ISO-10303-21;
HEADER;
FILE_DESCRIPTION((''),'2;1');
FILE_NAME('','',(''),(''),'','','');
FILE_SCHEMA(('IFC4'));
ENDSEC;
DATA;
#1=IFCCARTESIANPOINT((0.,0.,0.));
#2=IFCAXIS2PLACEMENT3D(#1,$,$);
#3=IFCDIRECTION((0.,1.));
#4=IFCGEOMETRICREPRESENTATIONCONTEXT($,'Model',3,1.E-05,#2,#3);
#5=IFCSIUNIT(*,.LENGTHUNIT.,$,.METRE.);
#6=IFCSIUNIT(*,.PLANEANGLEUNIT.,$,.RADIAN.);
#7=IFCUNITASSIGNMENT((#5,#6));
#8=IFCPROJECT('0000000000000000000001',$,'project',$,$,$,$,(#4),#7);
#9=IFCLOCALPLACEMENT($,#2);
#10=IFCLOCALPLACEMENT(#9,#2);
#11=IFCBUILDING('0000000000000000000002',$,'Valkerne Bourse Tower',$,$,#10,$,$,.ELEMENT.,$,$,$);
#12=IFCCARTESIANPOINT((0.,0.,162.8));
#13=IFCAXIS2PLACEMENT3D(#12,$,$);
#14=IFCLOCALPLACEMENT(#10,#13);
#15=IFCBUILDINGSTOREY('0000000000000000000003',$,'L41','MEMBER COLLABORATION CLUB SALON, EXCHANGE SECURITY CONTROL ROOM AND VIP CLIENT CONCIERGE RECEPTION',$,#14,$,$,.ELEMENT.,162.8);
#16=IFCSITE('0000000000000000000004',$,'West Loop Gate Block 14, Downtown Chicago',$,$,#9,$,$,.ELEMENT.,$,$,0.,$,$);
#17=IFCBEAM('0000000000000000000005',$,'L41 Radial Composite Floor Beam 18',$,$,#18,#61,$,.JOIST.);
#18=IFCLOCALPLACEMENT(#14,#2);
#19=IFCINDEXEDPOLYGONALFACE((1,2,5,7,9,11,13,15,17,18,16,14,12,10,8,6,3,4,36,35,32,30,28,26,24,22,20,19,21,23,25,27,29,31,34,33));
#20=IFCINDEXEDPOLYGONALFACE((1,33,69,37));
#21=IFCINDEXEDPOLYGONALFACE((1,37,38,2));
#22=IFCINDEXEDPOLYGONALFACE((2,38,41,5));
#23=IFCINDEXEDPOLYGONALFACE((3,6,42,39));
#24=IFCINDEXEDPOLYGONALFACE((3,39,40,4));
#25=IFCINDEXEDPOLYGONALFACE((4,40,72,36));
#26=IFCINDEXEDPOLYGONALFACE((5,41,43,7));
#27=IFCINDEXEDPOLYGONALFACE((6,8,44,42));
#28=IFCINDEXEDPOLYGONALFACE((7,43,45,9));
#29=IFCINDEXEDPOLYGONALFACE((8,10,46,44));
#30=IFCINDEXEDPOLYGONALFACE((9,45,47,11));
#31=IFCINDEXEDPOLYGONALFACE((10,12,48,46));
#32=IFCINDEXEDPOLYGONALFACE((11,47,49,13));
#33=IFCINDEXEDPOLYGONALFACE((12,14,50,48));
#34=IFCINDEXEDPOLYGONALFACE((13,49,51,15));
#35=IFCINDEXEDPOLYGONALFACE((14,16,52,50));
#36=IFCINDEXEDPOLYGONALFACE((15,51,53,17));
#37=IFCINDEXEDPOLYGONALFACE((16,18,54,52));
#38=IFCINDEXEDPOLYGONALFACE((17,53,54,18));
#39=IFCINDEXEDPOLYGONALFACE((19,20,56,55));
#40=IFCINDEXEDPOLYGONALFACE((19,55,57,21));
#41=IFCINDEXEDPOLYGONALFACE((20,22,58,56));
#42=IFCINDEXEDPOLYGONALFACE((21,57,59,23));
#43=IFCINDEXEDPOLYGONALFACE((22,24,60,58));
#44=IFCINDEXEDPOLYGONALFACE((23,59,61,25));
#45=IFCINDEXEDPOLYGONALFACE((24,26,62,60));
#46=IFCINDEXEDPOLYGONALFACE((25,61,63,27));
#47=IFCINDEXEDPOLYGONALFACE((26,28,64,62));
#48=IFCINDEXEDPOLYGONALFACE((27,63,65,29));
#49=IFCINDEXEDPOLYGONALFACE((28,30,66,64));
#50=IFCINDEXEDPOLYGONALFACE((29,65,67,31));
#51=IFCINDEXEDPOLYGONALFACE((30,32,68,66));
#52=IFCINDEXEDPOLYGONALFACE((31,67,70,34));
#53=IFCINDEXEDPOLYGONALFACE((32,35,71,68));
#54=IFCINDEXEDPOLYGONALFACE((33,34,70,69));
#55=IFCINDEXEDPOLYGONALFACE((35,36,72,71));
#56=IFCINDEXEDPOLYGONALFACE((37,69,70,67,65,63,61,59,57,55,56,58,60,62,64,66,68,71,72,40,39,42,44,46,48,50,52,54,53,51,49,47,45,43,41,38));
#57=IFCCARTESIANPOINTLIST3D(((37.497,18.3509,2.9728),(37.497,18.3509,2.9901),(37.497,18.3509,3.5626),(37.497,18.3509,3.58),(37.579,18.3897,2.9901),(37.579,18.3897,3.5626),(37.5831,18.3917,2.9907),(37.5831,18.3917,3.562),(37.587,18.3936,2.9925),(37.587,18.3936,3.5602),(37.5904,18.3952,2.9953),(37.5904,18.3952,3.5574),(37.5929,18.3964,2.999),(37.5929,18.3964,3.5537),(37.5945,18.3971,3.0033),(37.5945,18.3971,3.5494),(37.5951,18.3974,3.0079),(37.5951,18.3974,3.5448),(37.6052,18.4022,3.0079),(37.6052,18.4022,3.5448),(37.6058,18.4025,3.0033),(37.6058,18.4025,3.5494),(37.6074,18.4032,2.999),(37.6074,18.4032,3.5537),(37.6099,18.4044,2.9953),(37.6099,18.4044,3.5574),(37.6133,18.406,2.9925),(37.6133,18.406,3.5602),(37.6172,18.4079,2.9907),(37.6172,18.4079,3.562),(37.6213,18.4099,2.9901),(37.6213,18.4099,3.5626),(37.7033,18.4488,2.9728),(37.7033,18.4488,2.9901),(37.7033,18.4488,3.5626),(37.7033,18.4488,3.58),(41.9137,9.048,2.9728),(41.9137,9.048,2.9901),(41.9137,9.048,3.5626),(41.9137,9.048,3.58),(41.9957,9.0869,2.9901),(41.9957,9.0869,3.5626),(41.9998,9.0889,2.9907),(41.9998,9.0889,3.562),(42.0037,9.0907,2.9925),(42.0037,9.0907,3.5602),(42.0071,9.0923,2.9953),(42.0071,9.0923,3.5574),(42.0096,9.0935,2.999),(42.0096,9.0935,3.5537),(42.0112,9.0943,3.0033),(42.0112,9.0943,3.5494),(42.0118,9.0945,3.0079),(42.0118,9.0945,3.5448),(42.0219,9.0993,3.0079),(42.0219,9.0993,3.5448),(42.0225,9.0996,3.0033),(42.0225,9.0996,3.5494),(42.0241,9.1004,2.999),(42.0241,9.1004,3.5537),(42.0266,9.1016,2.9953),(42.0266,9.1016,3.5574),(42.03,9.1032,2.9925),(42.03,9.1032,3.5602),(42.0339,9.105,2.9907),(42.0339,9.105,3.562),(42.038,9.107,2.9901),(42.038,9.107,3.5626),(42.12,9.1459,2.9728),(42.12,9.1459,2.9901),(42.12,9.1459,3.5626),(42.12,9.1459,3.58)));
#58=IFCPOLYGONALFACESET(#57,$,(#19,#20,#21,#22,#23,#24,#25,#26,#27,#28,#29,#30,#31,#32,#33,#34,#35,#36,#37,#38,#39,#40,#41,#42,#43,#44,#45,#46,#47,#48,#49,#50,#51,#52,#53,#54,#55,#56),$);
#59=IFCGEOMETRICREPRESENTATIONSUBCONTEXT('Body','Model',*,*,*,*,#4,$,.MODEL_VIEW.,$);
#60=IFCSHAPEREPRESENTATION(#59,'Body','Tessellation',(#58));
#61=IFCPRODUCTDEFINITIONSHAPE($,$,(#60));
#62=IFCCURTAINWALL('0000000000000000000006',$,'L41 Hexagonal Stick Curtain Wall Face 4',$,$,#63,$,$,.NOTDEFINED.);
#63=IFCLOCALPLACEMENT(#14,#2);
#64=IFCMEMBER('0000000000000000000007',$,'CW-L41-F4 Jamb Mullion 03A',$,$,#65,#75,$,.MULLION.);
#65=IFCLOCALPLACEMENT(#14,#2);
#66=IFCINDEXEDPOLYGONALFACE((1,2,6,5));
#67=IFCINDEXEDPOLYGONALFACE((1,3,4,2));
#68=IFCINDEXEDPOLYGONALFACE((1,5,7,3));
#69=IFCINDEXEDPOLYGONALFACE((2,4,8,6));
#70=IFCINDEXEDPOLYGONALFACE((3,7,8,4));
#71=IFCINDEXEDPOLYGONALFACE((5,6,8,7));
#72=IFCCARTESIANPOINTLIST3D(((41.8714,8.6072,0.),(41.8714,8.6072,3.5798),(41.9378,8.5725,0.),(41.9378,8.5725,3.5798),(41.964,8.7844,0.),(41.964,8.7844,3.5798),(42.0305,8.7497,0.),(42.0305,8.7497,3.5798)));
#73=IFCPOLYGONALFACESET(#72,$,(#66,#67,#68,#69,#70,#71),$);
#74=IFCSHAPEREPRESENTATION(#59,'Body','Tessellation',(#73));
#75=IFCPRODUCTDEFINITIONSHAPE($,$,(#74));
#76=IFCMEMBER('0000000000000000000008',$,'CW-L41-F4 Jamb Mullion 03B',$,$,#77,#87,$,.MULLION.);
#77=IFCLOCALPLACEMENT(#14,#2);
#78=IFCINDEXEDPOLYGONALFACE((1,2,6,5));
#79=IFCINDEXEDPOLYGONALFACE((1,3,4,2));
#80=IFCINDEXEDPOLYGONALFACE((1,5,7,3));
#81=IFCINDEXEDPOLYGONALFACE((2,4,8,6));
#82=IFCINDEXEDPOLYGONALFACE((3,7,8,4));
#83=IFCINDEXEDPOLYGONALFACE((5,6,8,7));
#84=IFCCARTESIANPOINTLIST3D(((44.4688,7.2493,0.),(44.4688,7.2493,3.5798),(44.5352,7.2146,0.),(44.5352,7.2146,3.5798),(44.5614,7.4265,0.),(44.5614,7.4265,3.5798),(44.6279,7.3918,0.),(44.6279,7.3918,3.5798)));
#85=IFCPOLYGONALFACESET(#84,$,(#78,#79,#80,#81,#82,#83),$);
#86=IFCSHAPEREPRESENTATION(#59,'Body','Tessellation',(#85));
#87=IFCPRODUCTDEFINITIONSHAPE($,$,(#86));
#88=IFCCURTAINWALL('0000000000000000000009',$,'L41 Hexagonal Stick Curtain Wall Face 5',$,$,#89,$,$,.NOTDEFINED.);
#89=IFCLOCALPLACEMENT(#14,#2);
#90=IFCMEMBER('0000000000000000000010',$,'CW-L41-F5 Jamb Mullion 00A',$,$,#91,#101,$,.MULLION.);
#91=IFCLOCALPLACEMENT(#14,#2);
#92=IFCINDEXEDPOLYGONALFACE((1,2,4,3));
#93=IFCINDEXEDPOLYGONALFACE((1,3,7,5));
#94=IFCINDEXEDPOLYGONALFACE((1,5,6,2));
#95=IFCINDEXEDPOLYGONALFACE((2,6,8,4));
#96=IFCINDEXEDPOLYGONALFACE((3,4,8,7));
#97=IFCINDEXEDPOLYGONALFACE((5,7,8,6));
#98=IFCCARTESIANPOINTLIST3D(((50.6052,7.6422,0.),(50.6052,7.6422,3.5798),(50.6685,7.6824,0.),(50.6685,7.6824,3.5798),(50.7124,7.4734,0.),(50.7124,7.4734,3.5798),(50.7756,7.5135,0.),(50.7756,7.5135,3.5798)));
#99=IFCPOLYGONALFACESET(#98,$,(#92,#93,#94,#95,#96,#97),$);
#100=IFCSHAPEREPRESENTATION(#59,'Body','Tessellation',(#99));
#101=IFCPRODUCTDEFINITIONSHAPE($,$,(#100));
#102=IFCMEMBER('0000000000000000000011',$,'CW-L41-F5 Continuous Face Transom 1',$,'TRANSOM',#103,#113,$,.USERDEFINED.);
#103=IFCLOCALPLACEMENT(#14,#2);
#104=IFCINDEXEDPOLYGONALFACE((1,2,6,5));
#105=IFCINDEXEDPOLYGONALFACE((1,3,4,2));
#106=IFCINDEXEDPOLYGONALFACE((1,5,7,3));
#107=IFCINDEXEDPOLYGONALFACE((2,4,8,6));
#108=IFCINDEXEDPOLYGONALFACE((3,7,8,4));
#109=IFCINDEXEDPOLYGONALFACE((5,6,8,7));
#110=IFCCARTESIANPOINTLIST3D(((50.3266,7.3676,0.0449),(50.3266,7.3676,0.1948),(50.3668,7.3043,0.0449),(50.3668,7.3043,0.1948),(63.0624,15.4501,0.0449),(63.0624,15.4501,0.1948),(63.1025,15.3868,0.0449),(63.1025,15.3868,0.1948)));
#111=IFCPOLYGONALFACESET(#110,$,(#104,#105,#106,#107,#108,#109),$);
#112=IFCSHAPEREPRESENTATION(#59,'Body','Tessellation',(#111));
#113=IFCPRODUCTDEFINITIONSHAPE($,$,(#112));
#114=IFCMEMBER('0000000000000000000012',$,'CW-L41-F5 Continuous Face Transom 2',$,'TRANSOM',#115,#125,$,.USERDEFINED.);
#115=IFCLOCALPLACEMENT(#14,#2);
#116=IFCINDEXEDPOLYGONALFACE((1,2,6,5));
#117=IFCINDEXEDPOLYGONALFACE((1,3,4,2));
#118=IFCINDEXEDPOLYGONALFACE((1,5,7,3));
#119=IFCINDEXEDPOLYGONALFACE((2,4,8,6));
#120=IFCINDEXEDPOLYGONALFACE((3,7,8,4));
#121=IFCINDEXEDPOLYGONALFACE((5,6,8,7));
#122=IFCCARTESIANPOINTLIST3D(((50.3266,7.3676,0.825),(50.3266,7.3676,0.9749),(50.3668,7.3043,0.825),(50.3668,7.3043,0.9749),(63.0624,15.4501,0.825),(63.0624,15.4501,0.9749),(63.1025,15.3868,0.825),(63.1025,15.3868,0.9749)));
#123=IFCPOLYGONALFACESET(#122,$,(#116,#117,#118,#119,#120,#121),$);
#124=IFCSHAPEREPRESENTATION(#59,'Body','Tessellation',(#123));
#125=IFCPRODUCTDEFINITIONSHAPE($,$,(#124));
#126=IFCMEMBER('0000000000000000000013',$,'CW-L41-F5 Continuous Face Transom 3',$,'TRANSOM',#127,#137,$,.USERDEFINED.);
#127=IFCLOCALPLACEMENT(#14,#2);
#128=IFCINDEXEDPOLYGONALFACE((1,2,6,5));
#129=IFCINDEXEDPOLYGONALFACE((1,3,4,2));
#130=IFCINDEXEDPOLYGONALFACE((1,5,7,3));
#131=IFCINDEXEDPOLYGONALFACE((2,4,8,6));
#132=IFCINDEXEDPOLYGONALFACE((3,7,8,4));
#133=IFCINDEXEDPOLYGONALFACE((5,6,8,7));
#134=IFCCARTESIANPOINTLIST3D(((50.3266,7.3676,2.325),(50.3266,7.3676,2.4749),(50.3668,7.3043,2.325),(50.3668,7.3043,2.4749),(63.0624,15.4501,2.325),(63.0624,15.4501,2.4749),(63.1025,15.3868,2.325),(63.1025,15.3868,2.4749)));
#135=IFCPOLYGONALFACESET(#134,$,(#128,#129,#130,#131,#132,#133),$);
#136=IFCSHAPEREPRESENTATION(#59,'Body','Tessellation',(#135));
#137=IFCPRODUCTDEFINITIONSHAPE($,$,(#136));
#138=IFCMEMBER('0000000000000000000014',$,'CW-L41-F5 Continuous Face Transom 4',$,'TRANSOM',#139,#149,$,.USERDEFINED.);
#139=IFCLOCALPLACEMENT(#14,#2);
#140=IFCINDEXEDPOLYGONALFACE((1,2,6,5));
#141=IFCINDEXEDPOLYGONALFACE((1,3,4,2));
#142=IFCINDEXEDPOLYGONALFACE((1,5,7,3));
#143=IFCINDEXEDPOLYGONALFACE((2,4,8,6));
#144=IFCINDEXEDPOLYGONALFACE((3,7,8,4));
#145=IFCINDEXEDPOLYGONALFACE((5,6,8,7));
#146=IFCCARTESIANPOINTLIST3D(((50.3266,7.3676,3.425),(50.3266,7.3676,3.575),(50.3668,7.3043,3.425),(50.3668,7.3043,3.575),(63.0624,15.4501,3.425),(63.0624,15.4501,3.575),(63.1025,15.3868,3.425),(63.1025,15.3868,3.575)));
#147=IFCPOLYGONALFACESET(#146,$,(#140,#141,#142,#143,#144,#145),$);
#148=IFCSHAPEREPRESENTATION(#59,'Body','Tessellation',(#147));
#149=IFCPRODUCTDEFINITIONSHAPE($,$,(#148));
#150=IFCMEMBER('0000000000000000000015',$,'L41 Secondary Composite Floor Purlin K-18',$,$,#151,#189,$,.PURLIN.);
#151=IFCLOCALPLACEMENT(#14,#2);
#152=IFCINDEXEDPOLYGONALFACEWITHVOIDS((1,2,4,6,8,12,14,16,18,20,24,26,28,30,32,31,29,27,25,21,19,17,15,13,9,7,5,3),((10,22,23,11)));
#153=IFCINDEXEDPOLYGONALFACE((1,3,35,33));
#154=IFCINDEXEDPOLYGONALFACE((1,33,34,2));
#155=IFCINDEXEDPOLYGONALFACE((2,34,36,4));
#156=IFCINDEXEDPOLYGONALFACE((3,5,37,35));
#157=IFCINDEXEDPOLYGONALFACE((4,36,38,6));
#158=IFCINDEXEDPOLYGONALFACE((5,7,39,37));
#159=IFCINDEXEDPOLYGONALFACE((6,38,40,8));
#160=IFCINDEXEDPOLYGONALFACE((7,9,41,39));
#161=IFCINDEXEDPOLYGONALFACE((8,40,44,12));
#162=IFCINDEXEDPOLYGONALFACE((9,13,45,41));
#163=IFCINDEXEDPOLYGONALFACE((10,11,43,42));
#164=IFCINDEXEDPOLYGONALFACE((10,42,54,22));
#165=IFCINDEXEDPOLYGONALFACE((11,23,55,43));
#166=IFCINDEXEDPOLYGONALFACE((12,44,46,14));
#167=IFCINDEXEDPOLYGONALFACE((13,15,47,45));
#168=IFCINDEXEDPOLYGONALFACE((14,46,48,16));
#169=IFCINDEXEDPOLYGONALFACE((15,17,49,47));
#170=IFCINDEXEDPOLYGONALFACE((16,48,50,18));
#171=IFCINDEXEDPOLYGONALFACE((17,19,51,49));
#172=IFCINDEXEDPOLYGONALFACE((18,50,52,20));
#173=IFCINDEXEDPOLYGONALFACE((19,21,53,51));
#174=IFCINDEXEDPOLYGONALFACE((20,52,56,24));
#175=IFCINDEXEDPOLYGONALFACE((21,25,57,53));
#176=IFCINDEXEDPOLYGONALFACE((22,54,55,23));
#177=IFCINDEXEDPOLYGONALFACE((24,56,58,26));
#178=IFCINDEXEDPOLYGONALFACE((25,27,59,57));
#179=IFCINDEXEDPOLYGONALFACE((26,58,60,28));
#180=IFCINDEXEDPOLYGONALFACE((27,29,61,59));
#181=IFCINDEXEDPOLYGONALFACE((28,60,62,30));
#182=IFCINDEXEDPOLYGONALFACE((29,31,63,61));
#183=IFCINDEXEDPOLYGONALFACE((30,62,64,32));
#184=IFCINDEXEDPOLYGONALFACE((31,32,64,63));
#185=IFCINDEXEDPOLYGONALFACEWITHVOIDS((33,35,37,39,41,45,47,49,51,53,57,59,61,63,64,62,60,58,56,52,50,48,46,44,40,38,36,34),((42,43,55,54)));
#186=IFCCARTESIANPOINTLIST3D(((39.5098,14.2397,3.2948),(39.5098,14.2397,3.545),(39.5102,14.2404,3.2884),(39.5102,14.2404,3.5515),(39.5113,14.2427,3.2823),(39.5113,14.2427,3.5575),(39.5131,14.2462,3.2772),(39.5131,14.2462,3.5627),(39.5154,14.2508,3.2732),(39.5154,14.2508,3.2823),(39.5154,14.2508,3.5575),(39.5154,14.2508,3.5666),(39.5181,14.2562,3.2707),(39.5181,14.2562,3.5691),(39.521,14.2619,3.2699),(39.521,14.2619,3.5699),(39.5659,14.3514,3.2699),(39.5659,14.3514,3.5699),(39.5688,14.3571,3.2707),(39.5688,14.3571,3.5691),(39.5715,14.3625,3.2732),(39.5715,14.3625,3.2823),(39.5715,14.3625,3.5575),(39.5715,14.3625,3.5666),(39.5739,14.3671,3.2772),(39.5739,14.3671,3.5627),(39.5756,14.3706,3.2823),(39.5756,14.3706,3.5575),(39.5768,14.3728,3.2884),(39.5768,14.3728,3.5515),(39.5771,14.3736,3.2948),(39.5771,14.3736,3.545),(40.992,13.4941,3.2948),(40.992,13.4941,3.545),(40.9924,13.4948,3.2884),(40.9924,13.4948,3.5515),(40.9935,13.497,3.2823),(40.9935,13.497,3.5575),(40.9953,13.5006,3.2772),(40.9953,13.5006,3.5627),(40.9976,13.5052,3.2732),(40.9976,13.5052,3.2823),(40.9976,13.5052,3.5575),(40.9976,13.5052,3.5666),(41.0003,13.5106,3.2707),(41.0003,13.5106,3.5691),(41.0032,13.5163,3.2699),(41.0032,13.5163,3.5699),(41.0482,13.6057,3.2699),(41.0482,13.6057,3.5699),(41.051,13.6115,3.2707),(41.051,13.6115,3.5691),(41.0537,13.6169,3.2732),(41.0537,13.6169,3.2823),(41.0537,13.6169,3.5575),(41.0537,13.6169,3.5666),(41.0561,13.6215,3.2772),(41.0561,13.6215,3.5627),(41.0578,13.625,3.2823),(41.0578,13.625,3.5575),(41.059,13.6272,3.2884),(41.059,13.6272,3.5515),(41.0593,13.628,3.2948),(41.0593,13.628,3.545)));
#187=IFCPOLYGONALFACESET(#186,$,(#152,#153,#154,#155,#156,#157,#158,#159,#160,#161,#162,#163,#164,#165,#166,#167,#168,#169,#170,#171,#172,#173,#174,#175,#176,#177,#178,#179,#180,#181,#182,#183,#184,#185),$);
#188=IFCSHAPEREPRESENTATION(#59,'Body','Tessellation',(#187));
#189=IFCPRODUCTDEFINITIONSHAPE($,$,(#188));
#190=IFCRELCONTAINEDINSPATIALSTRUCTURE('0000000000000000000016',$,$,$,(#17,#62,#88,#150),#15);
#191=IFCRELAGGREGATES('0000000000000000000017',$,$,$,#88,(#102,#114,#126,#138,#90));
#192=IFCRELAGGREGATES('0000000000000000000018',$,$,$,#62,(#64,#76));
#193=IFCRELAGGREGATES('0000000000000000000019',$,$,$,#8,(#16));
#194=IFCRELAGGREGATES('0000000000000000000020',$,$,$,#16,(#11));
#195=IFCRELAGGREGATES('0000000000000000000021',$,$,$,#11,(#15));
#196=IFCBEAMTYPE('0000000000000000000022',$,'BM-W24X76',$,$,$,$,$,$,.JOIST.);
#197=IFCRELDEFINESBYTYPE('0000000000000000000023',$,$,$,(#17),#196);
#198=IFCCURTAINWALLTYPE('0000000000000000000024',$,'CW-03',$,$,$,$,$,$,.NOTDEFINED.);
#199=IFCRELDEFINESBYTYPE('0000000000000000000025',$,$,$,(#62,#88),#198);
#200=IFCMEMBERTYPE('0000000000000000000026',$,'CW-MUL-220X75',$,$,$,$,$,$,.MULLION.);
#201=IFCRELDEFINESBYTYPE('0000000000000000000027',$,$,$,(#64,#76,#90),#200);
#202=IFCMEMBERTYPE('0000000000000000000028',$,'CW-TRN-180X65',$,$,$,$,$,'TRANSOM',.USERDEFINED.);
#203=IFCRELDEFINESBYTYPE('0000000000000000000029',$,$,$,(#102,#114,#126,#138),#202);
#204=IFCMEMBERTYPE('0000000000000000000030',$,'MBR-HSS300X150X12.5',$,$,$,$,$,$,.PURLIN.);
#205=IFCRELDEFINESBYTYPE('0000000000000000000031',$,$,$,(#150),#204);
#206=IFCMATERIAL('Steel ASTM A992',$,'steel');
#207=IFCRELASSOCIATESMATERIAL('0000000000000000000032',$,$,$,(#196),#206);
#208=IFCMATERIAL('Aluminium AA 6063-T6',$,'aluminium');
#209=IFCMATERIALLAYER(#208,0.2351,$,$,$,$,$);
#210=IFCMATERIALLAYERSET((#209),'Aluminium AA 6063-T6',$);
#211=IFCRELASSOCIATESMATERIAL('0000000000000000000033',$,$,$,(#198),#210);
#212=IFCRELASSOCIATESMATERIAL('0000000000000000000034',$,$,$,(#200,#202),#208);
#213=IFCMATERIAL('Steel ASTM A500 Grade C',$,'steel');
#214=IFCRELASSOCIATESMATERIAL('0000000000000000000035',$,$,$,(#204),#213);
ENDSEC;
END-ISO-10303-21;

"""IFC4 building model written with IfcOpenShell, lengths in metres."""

from ifc_helpers import new_model, si_unit, direction, frame, origin, origin_2d, place, context, subcontext, project, spatial, rectangle, hollow_rectangle, i_section, extrude, material, layer, layer_set, material_profile, profile_set, type_object, element, aggregate, save


model = new_model("IFC4")

# Units and contexts
model_context = context("Model", 3, precision=1e-05, world=origin(), true_north=direction((0.0, 1.0)))
body_context = subcontext(model_context, "Body", "Model", "MODEL_VIEW")
ifc_project = project(units=[si_unit("LENGTHUNIT", "METRE"), si_unit("PLANEANGLEUNIT", "RADIAN")], contexts=[model_context])

# Site, building, storey
site_placement = place(None, origin())
site = spatial("IfcSite", under=ifc_project, at=site_placement, Name="West Loop Gate Block 14, Downtown Chicago", CompositionType="ELEMENT", RefElevation=0.0)
building_placement = place(site_placement, origin())
building = spatial("IfcBuilding", under=site, at=building_placement, Name="Valkerne Bourse Tower", CompositionType="ELEMENT")
storey_placement = place(building_placement, frame((0.0, 0.0, 162.8)))
storey = spatial("IfcBuildingStorey", under=building, at=storey_placement, Name="L41", Description="MEMBER COLLABORATION CLUB SALON, EXCHANGE SECURITY CONTROL ROOM AND VIP CLIENT CONCIERGE RECEPTION", CompositionType="ELEMENT", Elevation=162.8)

# Beam
ifc_material_1 = material(Name="Steel ASTM A992", Category="steel")
ifc_material_profile_1 = material_profile(ifc_material_1, i_section(OverallWidth=0.2283, OverallDepth=0.6072, WebThickness=0.0112, FlangeThickness=0.0173, FilletRadius=0.0178, at=origin_2d()), Name="W24X76")
ifc_profile_set_1 = profile_set([ifc_material_profile_1], Name="Steel ASTM A992")
beam_type_1 = type_object("IfcBeamType", Name="BM-W24X76", PredefinedType="JOIST", material=ifc_profile_set_1)
beam_1_placement = place(storey_placement, frame((42.0168, 9.0969, 3.2764), z_axis=(-0.428885, 0.903359, 0.0), x_axis=(-0.903359, -0.428885, 0.0)))
element("IfcBeam", 1, at=beam_1_placement, inside=storey, type_object=beam_type_1, Name="L41 Radial Composite Floor Beam 18", PredefinedType="JOIST", context=body_context, shape_type="SweptSolid", body=[
    extrude(i_section(OverallWidth=0.2283, OverallDepth=0.6072, WebThickness=0.0112, FlangeThickness=0.0173, FilletRadius=0.0178, at=origin_2d()), origin(), (0.0, 0.0, 1.0), 10.2981),
])

# Curtain walls, members
ifc_material_2 = material(Name="Aluminium AA 6063-T6", Category="aluminium")
ifc_layer_1 = layer(ifc_material_2, 0.2351)
ifc_layer_set_1 = layer_set([ifc_layer_1], Name="Aluminium AA 6063-T6")
curtain_wall_type = type_object("IfcCurtainWallType", Name="CW-03", PredefinedType="NOTDEFINED", material=ifc_layer_set_1)
curtain_wall_1_placement = place(storey_placement, origin())
curtain_wall_1 = element("IfcCurtainWall", 2, at=curtain_wall_1_placement, inside=storey, type_object=curtain_wall_type, Name="L41 Hexagonal Stick Curtain Wall Face 4", PredefinedType="NOTDEFINED")
ifc_material_profile_2 = material_profile(ifc_material_2, rectangle(XDim=0.075, YDim=0.2, at=origin_2d()), Name="CWM-75X200")
ifc_profile_set_2 = profile_set([ifc_material_profile_2], Name="Aluminium AA 6063-T6")
member_type_1 = type_object("IfcMemberType", Name="CW-MUL-220X75", PredefinedType="MULLION", material=ifc_profile_set_2)
member_1_placement = place(storey_placement, frame((41.9509, 8.6785, 0.0), z_axis=(0.0, 0.0, 1.0), x_axis=(0.886204, -0.463295, 0.0)))
member_1 = element("IfcMember", 3, at=member_1_placement, type_object=member_type_1, Name="CW-L41-F4 Jamb Mullion 03A", PredefinedType="MULLION", context=body_context, shape_type="SweptSolid", body=[
    extrude(rectangle(XDim=0.075, YDim=0.2, at=origin_2d()), origin(), (0.0, 0.0, 1.0), 3.5798),
])
member_2_placement = place(storey_placement, frame((44.5483, 7.3206, 0.0), z_axis=(0.0, 0.0, 1.0), x_axis=(0.886204, -0.463295, 0.0)))
member_2 = element("IfcMember", 4, at=member_2_placement, type_object=member_type_1, Name="CW-L41-F4 Jamb Mullion 03B", PredefinedType="MULLION", context=body_context, shape_type="SweptSolid", body=[
    extrude(rectangle(XDim=0.075, YDim=0.2, at=origin_2d()), origin(), (0.0, 0.0, 1.0), 3.5798),
])
curtain_wall_2_placement = place(storey_placement, origin())
curtain_wall_2 = element("IfcCurtainWall", 5, at=curtain_wall_2_placement, inside=storey, type_object=curtain_wall_type, Name="L41 Hexagonal Stick Curtain Wall Face 5", PredefinedType="NOTDEFINED")
member_3_placement = place(storey_placement, frame((50.6904, 7.5779, 0.0), z_axis=(0.0, 0.0, 1.0), x_axis=(0.844331, 0.535822, 0.0)))
member_3 = element("IfcMember", 6, at=member_3_placement, type_object=member_type_1, Name="CW-L41-F5 Jamb Mullion 00A", PredefinedType="MULLION", context=body_context, shape_type="SweptSolid", body=[
    extrude(rectangle(XDim=0.075, YDim=0.2, at=origin_2d()), origin(), (0.0, 0.0, 1.0), 3.5798),
])
ifc_material_profile_3 = material_profile(ifc_material_2, rectangle(XDim=0.075, YDim=0.1499, at=origin_2d()), Name="CWT-75X150")
ifc_profile_set_3 = profile_set([ifc_material_profile_3], Name="Aluminium AA 6063-T6")
member_type_2 = type_object("IfcMemberType", Name="CW-TRN-180X65", ElementType="TRANSOM", PredefinedType="USERDEFINED", material=ifc_profile_set_3)
member_4_placement = place(storey_placement, frame((50.3467, 7.3359, 0.1199), z_axis=(0.844325, 0.535832, 0.0), x_axis=(-0.535832, 0.844325, 0.0)))
member_4 = element("IfcMember", 7, at=member_4_placement, type_object=member_type_2, Name="CW-L41-F5 Continuous Face Transom 1", ObjectType="TRANSOM", PredefinedType="USERDEFINED", context=body_context, shape_type="SweptSolid", body=[
    extrude(rectangle(XDim=0.075, YDim=0.1499, at=origin_2d()), origin(), (0.0, 0.0, 1.0), 15.084),
])
member_5_placement = place(storey_placement, frame((50.3467, 7.3359, 0.8999), z_axis=(0.844325, 0.535832, 0.0), x_axis=(-0.535832, 0.844325, 0.0)))
member_5 = element("IfcMember", 8, at=member_5_placement, type_object=member_type_2, Name="CW-L41-F5 Continuous Face Transom 2", ObjectType="TRANSOM", PredefinedType="USERDEFINED", context=body_context, shape_type="SweptSolid", body=[
    extrude(rectangle(XDim=0.075, YDim=0.1499, at=origin_2d()), origin(), (0.0, 0.0, 1.0), 15.084),
])
member_6_placement = place(storey_placement, frame((50.3467, 7.3359, 2.3999), z_axis=(0.844325, 0.535832, 0.0), x_axis=(-0.535832, 0.844325, 0.0)))
member_6 = element("IfcMember", 9, at=member_6_placement, type_object=member_type_2, Name="CW-L41-F5 Continuous Face Transom 3", ObjectType="TRANSOM", PredefinedType="USERDEFINED", context=body_context, shape_type="SweptSolid", body=[
    extrude(rectangle(XDim=0.075, YDim=0.1499, at=origin_2d()), origin(), (0.0, 0.0, 1.0), 15.084),
])
member_7_placement = place(storey_placement, frame((50.3467, 7.3359, 3.5), z_axis=(0.844325, 0.535832, 0.0), x_axis=(-0.535832, 0.844325, 0.0)))
member_7 = element("IfcMember", 10, at=member_7_placement, type_object=member_type_2, Name="CW-L41-F5 Continuous Face Transom 4", ObjectType="TRANSOM", PredefinedType="USERDEFINED", context=body_context, shape_type="SweptSolid", body=[
    extrude(rectangle(XDim=0.075, YDim=0.1499, at=origin_2d()), origin(), (0.0, 0.0, 1.0), 15.084),
])
aggregate(curtain_wall_2, [member_4, member_5, member_6, member_7, member_3])

# Member
ifc_material_3 = material(Name="Steel ASTM A500 Grade C", Category="steel")
ifc_material_profile_4 = material_profile(ifc_material_3, hollow_rectangle(XDim=0.1499, YDim=0.3, WallThickness=0.0125, OuterFilletRadius=0.0249, at=origin_2d()), Name="HSS300X150X12.5")
ifc_profile_set_4 = profile_set([ifc_material_profile_4], Name="Steel ASTM A500 Grade C")
member_type_3 = type_object("IfcMemberType", Name="MBR-HSS300X150X12.5", PredefinedType="PURLIN", material=ifc_profile_set_4)
member_8_placement = place(storey_placement, frame((39.5435, 14.3066, 3.4199), z_axis=(0.893336, -0.44939, 0.0), x_axis=(0.44939, 0.893336, 0.0)))
element("IfcMember", 11, at=member_8_placement, inside=storey, type_object=member_type_3, Name="L41 Secondary Composite Floor Purlin K-18", PredefinedType="PURLIN", context=body_context, shape_type="SweptSolid", body=[
    extrude(hollow_rectangle(XDim=0.1499, YDim=0.3, WallThickness=0.0125, OuterFilletRadius=0.0249, at=origin_2d()), origin(), (0.0, 0.0, 1.0), 1.6592),
])

aggregate(curtain_wall_1, [member_1, member_2])

save(model, "model.ifc")
